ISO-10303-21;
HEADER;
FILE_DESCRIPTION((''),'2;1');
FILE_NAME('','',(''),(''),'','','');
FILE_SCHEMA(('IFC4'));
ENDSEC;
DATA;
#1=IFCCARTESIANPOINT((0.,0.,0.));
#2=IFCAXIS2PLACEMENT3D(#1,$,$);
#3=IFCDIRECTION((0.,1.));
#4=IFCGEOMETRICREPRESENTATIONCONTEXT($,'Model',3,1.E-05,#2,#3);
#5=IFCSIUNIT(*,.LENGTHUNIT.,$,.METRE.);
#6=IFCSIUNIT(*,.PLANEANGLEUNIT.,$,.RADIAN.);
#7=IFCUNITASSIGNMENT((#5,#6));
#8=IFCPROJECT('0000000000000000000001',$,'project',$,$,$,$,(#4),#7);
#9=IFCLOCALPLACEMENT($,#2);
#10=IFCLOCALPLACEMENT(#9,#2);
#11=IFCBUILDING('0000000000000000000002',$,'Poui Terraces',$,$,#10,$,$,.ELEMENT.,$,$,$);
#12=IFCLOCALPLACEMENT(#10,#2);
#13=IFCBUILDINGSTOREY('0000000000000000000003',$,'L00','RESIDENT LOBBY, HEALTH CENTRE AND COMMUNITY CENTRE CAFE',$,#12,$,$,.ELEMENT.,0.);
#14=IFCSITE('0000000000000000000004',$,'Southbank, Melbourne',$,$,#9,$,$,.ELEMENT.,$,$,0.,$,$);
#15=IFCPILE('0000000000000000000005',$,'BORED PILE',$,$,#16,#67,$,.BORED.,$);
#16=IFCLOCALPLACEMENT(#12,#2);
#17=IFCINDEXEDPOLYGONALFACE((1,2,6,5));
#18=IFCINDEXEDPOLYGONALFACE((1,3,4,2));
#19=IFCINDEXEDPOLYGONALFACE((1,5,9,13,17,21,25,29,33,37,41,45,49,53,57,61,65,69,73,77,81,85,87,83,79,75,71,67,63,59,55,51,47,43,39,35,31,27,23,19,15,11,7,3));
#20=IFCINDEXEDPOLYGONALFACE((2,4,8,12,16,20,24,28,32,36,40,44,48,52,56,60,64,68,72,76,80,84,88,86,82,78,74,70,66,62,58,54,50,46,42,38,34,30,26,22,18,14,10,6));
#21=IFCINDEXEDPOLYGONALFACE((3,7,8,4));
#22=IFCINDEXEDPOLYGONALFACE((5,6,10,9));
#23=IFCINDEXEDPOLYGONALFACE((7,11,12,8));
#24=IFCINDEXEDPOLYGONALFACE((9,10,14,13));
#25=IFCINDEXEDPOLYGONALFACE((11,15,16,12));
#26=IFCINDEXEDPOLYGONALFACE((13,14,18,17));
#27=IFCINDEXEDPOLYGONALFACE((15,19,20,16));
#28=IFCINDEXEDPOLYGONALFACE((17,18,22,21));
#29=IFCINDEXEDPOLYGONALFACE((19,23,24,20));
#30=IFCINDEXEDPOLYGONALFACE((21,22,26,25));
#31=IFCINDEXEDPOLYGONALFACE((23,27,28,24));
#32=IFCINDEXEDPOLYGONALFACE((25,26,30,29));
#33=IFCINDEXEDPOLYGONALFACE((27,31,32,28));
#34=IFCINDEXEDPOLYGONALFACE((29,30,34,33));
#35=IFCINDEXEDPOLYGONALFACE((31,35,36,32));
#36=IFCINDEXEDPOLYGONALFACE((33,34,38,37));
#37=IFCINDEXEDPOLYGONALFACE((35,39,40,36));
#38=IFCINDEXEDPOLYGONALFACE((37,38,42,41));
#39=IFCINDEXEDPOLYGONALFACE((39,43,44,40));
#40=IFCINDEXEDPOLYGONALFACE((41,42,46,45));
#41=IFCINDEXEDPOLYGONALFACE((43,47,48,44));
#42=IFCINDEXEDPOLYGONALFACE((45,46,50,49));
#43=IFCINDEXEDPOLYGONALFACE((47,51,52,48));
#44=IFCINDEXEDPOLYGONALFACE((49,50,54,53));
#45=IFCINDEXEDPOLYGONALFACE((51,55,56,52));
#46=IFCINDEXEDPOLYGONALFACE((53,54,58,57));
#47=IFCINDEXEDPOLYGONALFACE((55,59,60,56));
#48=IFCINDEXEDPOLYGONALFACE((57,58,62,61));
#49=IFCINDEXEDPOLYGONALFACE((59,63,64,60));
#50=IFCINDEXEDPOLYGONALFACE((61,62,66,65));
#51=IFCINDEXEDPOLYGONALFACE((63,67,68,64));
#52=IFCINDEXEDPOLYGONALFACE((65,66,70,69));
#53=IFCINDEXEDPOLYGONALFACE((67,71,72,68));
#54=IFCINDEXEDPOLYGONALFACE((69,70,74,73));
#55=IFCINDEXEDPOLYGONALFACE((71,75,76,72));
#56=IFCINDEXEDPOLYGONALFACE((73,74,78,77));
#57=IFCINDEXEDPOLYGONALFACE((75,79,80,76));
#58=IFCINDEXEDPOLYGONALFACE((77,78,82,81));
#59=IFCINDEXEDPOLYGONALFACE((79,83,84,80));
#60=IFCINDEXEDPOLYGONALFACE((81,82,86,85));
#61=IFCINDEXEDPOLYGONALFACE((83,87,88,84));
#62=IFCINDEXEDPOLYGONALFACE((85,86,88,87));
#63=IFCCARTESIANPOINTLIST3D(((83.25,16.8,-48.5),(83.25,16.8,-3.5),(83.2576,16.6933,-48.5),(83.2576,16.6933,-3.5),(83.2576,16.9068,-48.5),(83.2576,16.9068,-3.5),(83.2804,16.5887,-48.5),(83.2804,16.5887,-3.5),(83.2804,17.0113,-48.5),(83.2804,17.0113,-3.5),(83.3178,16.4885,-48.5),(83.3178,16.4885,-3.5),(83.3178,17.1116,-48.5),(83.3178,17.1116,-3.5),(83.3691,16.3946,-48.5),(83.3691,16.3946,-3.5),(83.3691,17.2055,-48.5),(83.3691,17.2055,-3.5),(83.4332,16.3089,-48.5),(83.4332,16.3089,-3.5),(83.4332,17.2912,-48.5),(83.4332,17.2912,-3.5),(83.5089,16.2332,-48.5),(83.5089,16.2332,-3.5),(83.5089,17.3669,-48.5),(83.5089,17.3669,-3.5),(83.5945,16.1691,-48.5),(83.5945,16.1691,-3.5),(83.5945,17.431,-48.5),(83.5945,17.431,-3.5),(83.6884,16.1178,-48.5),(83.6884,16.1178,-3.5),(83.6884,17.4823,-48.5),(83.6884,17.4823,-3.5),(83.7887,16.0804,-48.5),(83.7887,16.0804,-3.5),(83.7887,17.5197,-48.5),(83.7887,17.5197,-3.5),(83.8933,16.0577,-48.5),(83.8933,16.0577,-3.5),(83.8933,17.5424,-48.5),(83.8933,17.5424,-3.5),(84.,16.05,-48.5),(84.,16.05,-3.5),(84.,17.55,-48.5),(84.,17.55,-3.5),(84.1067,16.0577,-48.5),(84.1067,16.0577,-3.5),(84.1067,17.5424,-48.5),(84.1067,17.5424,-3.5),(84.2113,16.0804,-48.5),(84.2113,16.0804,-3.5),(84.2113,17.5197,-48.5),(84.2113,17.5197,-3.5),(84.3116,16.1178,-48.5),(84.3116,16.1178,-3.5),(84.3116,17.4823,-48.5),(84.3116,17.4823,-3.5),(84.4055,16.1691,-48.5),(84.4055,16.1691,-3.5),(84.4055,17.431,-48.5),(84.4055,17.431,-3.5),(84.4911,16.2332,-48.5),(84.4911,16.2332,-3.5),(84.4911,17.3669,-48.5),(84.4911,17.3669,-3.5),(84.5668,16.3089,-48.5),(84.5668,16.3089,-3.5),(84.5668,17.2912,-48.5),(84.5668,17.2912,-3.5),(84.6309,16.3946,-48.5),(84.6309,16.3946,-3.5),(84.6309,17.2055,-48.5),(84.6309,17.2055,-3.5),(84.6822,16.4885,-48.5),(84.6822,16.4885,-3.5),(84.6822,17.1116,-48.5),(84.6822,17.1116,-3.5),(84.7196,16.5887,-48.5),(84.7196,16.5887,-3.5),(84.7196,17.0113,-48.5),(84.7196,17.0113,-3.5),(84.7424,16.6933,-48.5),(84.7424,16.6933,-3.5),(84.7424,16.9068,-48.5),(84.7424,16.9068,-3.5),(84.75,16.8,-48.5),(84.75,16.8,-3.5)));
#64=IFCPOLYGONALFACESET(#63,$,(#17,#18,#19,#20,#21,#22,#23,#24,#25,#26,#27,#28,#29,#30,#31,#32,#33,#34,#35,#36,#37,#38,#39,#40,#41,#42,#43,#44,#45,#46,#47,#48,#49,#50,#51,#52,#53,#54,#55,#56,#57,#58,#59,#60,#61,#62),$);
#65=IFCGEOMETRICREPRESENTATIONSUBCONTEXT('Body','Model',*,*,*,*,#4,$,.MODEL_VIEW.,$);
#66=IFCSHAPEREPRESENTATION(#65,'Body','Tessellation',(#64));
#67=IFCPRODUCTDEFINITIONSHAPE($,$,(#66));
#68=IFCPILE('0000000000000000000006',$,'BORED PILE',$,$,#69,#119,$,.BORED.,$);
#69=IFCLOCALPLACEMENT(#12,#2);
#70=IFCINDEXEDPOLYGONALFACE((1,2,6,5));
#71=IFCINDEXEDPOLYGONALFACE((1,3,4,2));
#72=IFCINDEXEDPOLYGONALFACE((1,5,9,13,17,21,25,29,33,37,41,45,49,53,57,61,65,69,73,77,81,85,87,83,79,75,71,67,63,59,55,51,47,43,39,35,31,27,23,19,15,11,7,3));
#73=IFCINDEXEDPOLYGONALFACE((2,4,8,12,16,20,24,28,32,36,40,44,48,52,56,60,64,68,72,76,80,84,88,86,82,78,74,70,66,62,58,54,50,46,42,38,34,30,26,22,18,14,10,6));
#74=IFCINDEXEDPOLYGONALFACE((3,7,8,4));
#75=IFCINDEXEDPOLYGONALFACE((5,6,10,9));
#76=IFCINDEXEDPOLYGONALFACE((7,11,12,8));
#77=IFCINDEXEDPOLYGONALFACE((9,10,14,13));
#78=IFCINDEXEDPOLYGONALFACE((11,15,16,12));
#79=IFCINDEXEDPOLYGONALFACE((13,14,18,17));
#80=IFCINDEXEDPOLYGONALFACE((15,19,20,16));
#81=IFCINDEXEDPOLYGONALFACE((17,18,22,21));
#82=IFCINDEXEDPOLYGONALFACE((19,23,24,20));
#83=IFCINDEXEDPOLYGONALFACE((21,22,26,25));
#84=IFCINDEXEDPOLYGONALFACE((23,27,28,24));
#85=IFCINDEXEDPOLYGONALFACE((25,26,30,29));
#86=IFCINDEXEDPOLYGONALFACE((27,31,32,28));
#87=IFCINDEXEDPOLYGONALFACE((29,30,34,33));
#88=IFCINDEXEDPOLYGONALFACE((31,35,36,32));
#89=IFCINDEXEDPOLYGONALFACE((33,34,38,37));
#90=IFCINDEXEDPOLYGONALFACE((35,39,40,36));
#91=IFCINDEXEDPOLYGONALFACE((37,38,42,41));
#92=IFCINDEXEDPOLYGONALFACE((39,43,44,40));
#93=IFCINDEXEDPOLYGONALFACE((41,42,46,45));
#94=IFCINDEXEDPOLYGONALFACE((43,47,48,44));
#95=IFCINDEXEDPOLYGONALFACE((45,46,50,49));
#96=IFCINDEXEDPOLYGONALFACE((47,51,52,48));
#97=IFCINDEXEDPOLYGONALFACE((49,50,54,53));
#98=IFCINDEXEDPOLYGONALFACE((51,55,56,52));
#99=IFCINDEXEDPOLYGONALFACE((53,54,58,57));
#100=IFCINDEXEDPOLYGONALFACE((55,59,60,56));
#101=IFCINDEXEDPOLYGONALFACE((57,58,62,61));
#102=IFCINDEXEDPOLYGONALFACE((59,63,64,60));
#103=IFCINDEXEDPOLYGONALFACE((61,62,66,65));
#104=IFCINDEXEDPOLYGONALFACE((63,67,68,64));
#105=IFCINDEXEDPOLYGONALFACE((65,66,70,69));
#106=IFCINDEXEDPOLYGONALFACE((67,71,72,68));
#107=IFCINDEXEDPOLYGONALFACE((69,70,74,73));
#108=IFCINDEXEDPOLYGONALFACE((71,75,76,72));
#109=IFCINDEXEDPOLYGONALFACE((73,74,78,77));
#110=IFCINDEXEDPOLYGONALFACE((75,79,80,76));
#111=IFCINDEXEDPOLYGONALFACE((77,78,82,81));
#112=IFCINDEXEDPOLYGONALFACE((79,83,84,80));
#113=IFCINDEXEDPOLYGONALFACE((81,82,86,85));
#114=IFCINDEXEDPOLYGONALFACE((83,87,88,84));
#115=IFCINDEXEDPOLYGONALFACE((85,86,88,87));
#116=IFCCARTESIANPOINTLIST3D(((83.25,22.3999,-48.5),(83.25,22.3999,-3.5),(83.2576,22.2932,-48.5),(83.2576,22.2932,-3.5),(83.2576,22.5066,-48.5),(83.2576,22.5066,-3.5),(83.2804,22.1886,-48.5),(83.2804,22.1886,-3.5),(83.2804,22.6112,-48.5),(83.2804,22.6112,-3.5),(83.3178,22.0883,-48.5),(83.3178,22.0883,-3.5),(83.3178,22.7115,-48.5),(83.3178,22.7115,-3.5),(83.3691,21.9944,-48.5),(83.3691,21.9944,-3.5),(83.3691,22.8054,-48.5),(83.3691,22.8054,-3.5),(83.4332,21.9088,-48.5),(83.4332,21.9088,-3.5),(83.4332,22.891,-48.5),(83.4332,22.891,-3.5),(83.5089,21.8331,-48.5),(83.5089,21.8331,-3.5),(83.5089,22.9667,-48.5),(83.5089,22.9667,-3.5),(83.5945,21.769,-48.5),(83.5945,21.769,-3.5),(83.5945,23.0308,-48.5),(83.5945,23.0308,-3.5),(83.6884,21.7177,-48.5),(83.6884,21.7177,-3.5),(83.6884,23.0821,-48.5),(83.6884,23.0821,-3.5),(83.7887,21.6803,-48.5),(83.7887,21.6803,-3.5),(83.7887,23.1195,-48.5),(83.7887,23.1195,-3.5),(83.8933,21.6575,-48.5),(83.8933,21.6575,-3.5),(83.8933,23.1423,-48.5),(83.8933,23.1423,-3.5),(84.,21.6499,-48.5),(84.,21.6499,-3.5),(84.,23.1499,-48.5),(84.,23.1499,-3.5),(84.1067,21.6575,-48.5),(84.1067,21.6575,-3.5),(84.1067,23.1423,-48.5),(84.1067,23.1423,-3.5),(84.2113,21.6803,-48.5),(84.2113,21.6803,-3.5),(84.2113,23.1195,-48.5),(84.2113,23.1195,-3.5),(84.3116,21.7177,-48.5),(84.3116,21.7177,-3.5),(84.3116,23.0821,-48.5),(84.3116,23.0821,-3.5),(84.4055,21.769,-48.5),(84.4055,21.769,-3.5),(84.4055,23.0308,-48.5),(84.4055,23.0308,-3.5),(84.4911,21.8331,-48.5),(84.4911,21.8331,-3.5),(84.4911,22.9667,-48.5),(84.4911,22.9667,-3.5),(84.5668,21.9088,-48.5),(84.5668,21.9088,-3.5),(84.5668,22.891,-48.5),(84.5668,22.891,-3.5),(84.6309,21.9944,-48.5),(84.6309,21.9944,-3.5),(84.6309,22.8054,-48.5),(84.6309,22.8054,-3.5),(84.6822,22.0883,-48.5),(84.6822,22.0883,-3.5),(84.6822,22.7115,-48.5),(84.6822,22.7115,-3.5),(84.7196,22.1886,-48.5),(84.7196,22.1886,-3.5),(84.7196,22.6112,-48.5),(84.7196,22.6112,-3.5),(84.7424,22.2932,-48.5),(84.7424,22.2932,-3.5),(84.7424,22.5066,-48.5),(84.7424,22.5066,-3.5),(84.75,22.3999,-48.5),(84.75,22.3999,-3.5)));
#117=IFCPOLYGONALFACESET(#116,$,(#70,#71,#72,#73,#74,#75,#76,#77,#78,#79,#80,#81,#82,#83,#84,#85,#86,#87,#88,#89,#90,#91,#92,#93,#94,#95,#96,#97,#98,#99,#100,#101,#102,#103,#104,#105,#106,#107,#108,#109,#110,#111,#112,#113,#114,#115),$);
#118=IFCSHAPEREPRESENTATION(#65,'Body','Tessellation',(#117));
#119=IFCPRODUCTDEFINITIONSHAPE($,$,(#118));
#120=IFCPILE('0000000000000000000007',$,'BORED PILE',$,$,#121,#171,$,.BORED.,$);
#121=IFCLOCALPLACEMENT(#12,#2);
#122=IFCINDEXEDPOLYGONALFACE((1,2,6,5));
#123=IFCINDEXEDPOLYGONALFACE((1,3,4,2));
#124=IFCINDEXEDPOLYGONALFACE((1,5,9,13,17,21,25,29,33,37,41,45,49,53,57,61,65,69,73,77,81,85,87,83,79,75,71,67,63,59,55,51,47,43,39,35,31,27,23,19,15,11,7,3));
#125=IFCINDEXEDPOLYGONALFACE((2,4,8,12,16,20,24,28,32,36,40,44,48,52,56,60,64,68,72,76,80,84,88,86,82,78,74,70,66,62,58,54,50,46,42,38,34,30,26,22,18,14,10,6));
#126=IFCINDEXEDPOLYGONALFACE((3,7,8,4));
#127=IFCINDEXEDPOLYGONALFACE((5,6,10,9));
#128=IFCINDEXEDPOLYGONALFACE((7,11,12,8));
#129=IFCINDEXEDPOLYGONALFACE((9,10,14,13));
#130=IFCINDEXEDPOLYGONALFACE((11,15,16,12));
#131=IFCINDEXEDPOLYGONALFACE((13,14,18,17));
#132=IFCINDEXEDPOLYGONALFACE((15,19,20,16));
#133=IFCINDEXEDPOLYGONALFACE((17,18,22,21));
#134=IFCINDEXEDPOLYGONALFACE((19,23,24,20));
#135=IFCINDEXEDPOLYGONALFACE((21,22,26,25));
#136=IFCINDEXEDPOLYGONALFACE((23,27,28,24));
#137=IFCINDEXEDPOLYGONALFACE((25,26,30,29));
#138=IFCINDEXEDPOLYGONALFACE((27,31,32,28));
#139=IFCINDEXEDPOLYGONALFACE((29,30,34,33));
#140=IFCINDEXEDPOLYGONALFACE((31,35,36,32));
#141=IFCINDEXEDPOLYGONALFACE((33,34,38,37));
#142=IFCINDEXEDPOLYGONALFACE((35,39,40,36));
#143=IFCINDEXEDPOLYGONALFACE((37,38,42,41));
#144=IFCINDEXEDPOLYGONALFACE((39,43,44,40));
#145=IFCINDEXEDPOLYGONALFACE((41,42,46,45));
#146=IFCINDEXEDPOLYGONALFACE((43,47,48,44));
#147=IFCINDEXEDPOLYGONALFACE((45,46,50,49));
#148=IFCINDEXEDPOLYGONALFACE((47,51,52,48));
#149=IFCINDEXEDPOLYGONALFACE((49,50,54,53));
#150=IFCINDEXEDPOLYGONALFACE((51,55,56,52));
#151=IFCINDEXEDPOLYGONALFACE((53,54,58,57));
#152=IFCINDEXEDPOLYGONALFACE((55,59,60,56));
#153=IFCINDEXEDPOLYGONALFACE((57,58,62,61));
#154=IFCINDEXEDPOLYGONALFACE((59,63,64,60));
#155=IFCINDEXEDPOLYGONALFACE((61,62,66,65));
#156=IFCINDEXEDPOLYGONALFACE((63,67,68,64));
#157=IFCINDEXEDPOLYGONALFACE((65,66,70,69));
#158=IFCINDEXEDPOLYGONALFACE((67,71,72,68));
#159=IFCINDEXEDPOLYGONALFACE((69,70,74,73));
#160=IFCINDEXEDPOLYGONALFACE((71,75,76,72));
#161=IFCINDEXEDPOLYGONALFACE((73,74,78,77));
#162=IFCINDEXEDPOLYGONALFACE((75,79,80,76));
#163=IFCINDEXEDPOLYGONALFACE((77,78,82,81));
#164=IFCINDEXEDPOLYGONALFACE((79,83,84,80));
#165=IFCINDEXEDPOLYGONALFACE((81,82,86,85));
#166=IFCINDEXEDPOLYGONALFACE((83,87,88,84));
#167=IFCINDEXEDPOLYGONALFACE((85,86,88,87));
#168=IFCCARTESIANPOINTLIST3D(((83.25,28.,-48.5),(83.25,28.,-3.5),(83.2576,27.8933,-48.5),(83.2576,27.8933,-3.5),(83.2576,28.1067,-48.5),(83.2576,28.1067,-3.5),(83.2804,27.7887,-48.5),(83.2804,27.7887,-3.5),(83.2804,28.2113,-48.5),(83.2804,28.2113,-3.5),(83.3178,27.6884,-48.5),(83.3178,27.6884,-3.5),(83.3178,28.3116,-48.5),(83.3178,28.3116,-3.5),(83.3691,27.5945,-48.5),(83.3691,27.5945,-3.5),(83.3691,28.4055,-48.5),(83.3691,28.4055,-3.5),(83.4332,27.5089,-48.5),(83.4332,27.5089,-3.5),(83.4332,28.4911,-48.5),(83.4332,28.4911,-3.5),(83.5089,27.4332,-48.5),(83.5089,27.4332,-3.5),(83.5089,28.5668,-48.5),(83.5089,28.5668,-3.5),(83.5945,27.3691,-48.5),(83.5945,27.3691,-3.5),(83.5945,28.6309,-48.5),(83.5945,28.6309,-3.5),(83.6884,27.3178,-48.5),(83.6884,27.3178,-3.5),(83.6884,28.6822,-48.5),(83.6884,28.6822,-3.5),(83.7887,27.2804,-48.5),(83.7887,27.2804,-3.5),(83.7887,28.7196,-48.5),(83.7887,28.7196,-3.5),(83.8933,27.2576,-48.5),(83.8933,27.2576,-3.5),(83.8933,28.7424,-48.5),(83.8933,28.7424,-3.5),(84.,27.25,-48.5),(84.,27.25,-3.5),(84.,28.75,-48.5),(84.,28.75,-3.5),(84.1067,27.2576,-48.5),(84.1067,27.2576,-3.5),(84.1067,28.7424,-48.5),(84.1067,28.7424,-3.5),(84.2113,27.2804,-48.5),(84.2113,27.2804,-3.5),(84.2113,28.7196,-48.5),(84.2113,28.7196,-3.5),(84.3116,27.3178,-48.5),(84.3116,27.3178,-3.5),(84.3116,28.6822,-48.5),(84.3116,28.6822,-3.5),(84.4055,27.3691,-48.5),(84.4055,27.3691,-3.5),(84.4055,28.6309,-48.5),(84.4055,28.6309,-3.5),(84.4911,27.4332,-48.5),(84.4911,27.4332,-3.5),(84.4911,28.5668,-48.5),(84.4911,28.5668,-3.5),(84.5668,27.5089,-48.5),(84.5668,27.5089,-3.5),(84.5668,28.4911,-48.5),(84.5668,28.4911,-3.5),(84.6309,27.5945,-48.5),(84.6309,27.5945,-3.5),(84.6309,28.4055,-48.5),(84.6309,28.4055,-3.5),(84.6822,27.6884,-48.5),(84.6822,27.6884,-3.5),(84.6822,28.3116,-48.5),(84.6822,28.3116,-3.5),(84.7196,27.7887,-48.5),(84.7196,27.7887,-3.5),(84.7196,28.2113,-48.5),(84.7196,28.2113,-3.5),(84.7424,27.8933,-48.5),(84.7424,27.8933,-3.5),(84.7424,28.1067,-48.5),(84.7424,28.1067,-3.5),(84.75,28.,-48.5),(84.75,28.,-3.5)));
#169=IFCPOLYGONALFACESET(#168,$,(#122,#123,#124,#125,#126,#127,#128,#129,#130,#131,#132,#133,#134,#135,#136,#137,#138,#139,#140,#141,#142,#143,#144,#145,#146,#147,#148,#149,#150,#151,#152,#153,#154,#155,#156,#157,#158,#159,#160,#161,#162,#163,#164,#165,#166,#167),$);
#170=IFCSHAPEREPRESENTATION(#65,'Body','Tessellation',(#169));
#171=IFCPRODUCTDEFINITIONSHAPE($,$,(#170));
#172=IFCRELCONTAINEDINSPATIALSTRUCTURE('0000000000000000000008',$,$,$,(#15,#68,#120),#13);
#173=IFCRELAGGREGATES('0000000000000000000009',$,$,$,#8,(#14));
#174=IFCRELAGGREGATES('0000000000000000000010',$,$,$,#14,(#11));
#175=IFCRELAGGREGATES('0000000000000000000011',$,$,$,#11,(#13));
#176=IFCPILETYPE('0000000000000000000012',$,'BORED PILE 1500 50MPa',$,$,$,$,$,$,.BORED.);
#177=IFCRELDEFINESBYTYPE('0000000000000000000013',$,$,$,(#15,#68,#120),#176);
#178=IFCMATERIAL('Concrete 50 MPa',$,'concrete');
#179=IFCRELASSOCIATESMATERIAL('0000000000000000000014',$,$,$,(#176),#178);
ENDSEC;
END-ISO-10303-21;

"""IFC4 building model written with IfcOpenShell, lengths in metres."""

from ifc_helpers import new_model, si_unit, direction, frame, origin, origin_2d, place, context, subcontext, project, spatial, circle, extrude, material, material_profile, profile_set, type_object, element, save


model = new_model("IFC4")

# Units and contexts
model_context = context("Model", 3, precision=1e-05, world=origin(), true_north=direction((0.0, 1.0)))
body_context = subcontext(model_context, "Body", "Model", "MODEL_VIEW")
ifc_project = project(units=[si_unit("LENGTHUNIT", "METRE"), si_unit("PLANEANGLEUNIT", "RADIAN")], contexts=[model_context])

# Site, building, storey
site_placement = place(None, origin())
site = spatial("IfcSite", under=ifc_project, at=site_placement, Name="Southbank, Melbourne", CompositionType="ELEMENT", RefElevation=0.0)
building_placement = place(site_placement, origin())
building = spatial("IfcBuilding", under=site, at=building_placement, Name="Poui Terraces", CompositionType="ELEMENT")
storey_placement = place(building_placement, origin())
storey = spatial("IfcBuildingStorey", under=building, at=storey_placement, Name="L00", Description="RESIDENT LOBBY, HEALTH CENTRE AND COMMUNITY CENTRE CAFE", CompositionType="ELEMENT", Elevation=0.0)

# Piles
ifc_material_1 = material(Name="Concrete 50 MPa", Category="concrete")
ifc_material_profile_1 = material_profile(ifc_material_1, circle(Radius=0.75, at=origin_2d()), Name="RC D1500")
ifc_profile_set_1 = profile_set([ifc_material_profile_1], Name="Concrete 50 MPa")
pile_type = type_object("IfcPileType", Name="BORED PILE 1500 50MPa", PredefinedType="BORED", material=ifc_profile_set_1)
for number, where, z_axis, x_axis, name in (
    (1, (84.0, 16.8, -3.5), (0.0, 0.0, -1.0), (1.0, 0.0, 0.0), "BORED PILE"),
    (2, (84.0, 22.3999, -3.5), (0.0, 0.0, -1.0), (1.0, 0.0, 0.0), "BORED PILE"),
    (3, (84.0, 28.0, -3.5), (0.0, 0.0, -1.0), (1.0, 0.0, 0.0), "BORED PILE"),
):
    element("IfcPile", number, at=place(storey_placement, frame(where, z_axis=z_axis, x_axis=x_axis)), inside=storey, type_object=pile_type, Name=name, PredefinedType="BORED", context=body_context, shape_type="SweptSolid", body=[
        extrude(circle(Radius=0.75, at=origin_2d()), origin(), (0.0, 0.0, 1.0), 45.0),
    ])

save(model, "model.ifc")
